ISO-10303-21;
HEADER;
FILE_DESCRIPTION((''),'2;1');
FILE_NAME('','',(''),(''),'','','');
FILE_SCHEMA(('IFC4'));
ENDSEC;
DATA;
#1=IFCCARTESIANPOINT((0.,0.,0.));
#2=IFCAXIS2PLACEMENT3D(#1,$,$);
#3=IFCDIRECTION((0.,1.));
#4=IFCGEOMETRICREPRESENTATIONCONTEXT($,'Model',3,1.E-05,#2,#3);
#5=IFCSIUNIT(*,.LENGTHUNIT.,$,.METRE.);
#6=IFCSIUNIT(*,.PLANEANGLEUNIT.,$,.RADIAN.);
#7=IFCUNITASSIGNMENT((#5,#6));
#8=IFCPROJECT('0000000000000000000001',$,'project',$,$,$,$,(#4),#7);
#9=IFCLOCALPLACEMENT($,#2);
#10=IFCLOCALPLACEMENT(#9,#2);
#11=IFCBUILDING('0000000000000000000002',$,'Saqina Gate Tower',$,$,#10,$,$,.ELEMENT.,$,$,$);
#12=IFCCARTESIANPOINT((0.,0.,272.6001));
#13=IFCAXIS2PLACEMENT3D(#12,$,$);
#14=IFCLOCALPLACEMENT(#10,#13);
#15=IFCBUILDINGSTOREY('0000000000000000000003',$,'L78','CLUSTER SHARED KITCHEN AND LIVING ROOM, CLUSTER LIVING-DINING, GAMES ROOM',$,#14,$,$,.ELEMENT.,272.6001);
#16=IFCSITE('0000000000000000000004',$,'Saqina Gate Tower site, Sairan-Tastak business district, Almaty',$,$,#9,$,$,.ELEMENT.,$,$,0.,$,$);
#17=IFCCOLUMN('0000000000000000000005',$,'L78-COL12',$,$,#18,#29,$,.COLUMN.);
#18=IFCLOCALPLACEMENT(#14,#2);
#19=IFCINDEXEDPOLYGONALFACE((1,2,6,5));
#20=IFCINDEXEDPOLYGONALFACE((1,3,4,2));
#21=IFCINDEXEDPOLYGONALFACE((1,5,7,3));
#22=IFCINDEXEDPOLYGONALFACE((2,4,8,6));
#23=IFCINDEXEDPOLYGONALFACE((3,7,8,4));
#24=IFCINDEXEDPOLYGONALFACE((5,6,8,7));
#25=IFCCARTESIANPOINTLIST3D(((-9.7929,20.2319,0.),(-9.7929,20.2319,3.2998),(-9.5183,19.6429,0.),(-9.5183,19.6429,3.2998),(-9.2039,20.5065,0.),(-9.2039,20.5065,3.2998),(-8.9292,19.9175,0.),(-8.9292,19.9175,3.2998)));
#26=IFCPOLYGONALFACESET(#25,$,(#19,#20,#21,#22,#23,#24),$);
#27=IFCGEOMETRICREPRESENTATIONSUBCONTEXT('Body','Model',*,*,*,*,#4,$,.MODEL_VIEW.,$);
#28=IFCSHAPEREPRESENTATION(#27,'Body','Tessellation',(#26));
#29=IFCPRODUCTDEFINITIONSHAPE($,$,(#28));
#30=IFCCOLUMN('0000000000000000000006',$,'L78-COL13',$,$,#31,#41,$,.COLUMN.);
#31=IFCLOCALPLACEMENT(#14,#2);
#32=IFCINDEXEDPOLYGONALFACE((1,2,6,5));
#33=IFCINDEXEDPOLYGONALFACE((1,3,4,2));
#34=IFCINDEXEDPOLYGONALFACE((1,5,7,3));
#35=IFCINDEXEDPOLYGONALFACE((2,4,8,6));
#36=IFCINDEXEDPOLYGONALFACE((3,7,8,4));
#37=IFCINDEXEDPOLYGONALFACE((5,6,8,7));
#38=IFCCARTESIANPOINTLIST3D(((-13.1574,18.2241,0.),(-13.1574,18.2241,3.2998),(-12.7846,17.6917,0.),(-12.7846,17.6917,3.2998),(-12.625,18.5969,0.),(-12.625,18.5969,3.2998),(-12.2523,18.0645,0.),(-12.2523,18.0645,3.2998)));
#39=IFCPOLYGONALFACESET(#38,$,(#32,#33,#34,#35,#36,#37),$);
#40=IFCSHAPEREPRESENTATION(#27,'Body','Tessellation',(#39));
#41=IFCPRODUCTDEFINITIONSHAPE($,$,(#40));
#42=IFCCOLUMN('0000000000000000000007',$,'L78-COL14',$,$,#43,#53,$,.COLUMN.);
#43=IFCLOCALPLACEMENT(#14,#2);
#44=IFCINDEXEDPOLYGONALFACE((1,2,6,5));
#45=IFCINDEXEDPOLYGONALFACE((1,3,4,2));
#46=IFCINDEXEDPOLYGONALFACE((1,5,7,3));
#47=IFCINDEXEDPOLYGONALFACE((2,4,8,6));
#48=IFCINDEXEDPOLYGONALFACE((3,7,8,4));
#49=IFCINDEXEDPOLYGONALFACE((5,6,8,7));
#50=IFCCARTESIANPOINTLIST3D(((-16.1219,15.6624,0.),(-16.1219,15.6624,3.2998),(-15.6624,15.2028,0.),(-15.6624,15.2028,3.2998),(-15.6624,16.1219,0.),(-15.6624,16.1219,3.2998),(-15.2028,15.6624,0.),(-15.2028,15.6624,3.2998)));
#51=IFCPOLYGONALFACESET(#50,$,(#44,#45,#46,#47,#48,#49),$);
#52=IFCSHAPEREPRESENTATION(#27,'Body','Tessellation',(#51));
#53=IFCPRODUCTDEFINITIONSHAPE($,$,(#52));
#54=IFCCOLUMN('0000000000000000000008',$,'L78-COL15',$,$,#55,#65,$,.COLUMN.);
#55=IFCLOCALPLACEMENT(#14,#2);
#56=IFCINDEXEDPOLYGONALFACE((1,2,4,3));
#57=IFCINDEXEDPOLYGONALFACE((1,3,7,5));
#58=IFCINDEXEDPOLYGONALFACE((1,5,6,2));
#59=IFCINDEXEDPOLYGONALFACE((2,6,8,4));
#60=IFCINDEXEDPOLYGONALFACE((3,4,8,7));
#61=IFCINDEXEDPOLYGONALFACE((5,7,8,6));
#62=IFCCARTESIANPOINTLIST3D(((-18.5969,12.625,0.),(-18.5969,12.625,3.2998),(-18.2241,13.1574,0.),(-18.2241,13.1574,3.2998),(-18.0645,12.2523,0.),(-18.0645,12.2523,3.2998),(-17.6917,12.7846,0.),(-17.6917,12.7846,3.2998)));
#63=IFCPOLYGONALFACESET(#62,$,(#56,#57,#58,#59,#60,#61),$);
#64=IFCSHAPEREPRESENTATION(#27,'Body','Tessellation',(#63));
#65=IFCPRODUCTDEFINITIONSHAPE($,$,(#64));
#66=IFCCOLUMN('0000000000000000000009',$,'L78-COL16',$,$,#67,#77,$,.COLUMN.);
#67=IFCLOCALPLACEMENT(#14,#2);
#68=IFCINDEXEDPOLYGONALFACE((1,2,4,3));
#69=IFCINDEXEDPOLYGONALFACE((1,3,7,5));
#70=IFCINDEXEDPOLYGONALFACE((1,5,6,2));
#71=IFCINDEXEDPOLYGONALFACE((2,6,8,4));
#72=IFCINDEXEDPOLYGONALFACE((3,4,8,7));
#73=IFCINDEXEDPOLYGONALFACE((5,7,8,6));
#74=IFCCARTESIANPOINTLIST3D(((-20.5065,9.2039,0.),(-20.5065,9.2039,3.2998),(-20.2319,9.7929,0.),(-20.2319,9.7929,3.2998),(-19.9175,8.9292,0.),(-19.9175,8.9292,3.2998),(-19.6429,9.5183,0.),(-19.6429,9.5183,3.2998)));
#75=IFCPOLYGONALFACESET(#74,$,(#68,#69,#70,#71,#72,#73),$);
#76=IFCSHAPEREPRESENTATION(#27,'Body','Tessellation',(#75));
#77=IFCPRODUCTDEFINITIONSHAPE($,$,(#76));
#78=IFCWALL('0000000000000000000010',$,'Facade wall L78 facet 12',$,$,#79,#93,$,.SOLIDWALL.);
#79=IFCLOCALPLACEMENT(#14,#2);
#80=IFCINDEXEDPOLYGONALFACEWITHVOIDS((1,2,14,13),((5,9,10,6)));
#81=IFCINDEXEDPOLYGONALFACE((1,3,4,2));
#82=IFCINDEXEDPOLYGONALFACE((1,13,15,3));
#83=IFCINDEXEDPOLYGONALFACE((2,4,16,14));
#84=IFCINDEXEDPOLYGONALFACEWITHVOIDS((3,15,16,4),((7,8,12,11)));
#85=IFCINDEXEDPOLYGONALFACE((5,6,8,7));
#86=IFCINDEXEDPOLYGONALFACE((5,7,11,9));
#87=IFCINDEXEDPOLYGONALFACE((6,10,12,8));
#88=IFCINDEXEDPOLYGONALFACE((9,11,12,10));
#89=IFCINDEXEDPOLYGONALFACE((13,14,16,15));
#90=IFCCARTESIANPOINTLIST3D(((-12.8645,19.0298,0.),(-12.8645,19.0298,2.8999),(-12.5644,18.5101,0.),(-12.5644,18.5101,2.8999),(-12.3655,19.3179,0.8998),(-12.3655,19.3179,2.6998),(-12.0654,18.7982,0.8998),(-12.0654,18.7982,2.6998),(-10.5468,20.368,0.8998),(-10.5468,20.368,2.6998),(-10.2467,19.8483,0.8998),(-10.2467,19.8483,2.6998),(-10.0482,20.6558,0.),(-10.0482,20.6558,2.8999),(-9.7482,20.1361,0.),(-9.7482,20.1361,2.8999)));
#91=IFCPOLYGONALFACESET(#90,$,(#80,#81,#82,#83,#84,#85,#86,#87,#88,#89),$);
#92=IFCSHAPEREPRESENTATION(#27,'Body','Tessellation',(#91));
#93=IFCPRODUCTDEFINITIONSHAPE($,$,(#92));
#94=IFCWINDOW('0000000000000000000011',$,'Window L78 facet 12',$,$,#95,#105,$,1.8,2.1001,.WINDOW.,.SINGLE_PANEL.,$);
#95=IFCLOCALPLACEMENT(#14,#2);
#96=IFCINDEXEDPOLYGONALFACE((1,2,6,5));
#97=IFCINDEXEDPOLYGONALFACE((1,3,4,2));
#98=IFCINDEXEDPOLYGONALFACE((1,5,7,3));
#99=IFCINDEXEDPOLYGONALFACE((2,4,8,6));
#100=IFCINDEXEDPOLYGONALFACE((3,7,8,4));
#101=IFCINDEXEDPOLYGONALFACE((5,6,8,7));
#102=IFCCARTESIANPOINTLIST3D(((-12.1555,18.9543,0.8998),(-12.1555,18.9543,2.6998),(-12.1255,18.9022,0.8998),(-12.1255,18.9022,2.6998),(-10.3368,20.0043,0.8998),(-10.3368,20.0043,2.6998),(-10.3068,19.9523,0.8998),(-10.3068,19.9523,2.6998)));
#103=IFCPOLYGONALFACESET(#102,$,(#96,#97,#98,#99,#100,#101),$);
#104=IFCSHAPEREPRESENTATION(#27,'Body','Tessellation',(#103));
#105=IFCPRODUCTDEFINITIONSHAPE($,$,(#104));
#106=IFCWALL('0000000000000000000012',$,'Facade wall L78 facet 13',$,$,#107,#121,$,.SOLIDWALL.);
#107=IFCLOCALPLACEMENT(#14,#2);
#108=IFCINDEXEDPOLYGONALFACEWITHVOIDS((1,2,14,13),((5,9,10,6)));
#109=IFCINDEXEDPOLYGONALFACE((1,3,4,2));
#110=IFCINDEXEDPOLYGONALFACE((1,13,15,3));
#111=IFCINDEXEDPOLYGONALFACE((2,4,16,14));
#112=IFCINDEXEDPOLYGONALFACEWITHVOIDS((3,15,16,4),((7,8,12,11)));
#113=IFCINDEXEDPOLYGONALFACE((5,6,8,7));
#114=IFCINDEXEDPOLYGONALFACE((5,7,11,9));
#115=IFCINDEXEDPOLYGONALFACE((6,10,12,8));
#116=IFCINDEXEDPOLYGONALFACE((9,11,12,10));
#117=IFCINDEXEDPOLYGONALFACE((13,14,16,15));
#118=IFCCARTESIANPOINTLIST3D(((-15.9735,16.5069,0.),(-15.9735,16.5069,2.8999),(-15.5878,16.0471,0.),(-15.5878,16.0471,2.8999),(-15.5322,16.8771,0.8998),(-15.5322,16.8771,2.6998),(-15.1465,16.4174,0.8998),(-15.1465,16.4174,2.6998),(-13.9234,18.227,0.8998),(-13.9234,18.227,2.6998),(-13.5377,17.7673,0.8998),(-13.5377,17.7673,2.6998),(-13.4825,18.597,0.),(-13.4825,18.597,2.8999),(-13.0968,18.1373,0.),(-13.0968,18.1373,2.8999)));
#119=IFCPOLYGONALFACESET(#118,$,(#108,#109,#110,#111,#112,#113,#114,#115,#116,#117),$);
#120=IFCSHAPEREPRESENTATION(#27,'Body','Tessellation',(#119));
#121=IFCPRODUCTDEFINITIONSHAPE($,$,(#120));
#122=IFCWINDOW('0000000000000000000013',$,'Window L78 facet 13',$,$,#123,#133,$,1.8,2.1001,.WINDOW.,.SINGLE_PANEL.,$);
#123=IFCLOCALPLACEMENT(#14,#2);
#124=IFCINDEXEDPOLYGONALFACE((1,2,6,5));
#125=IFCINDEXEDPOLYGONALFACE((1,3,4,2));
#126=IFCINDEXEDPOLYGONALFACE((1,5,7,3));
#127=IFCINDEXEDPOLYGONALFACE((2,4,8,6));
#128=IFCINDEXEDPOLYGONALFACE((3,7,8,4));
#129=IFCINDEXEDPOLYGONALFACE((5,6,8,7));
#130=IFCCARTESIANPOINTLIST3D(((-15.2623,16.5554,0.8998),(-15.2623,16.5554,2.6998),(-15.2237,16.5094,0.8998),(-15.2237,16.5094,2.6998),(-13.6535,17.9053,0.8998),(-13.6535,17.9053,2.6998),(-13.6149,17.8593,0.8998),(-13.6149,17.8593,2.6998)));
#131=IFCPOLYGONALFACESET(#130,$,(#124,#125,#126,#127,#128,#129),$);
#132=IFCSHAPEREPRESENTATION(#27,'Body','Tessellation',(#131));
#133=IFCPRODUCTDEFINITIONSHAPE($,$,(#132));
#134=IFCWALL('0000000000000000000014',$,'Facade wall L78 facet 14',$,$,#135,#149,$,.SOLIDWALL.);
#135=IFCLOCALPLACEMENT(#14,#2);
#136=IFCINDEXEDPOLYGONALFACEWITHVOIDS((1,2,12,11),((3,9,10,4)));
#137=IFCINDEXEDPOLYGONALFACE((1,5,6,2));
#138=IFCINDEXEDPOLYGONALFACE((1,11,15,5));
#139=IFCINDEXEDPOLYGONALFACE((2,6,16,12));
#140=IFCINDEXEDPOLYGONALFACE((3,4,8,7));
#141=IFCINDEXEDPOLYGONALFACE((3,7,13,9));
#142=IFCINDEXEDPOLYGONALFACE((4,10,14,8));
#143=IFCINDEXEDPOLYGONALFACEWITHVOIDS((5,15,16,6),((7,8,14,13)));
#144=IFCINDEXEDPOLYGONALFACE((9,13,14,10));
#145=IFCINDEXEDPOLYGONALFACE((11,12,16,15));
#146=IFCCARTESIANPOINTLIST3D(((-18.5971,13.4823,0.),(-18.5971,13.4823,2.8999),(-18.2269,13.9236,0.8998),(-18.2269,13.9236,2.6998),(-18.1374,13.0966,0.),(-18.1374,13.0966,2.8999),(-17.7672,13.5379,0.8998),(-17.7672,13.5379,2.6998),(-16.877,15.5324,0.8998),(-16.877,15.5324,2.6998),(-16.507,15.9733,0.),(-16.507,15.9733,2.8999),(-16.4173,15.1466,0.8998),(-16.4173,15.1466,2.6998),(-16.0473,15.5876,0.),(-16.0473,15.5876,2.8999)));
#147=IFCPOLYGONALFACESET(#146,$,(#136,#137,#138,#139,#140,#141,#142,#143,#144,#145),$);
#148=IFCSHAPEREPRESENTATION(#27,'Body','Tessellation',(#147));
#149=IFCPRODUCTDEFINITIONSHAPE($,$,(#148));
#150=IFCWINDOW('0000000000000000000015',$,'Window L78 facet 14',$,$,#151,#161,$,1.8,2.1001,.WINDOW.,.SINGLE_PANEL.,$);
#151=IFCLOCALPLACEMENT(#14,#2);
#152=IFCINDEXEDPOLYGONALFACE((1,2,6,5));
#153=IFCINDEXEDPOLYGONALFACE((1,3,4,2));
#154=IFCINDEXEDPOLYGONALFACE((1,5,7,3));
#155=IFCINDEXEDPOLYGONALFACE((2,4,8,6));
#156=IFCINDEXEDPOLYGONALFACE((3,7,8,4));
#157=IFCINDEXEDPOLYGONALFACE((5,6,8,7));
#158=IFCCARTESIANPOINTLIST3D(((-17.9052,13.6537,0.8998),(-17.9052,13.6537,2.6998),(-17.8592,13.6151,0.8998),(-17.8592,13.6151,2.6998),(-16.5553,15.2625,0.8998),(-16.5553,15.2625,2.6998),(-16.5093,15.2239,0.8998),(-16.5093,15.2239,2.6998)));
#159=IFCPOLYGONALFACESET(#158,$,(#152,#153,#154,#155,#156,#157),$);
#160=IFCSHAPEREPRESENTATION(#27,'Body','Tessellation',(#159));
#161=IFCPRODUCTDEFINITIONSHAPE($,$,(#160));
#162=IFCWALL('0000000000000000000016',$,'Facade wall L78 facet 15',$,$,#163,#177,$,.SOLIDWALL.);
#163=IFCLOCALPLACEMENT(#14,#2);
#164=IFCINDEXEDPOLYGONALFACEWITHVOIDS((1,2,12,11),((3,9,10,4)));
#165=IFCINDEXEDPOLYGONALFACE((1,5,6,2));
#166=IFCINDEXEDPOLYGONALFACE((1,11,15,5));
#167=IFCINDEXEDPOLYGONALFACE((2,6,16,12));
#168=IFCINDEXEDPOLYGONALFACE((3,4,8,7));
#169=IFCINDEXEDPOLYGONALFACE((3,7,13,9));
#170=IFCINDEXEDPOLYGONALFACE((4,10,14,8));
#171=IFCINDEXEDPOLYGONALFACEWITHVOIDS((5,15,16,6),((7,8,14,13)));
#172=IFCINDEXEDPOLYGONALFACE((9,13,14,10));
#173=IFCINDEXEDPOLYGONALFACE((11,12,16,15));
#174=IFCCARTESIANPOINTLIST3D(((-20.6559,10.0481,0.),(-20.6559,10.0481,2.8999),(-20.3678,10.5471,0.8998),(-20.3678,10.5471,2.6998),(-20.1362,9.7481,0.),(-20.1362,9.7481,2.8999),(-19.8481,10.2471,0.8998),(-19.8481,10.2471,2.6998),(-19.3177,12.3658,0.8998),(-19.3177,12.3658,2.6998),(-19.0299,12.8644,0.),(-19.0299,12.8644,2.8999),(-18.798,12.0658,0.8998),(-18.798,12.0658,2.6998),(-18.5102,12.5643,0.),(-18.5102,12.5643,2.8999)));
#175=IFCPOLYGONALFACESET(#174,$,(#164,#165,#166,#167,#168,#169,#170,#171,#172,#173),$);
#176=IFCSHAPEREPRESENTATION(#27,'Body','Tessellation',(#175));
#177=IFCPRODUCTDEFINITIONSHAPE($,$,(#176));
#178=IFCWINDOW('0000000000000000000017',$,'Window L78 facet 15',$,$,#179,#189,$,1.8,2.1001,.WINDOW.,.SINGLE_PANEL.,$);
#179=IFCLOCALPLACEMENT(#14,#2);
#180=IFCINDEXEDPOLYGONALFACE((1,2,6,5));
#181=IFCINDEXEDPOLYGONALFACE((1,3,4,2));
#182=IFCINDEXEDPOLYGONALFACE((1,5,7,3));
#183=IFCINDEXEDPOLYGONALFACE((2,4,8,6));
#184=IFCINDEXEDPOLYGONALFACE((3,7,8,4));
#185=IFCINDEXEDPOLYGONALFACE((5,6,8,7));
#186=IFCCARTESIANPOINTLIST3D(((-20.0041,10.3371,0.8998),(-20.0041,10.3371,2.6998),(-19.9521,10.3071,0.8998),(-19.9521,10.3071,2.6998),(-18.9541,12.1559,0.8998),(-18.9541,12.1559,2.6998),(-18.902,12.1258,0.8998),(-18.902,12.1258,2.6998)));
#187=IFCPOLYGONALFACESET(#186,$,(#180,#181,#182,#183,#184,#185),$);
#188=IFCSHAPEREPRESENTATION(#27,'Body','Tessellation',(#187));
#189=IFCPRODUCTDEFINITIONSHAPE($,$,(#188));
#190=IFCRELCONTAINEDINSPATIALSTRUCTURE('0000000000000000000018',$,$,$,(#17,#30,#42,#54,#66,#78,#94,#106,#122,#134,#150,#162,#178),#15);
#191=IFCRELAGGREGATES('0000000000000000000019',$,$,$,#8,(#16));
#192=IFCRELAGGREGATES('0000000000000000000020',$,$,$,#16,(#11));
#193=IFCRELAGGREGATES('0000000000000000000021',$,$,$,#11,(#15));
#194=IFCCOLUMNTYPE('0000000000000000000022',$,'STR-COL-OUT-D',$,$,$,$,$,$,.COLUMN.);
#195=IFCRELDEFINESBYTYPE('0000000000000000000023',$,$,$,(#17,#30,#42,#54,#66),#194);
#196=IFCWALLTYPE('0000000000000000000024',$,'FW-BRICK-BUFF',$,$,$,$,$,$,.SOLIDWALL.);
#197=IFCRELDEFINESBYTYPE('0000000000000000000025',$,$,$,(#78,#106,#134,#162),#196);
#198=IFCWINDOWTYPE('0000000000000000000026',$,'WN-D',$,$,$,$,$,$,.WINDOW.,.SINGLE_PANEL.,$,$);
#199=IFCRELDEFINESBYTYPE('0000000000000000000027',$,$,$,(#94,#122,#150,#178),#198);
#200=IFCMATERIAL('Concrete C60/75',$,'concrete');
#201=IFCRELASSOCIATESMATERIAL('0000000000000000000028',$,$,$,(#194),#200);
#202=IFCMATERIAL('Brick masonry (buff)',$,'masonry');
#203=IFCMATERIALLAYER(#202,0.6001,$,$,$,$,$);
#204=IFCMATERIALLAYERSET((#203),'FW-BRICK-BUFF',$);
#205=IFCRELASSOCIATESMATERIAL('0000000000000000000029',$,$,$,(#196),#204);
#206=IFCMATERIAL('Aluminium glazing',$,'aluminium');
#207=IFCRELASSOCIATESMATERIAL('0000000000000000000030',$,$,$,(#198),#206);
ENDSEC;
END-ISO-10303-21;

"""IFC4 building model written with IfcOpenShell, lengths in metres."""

from ifc_helpers import new_model, si_unit, direction, frame, frame_2d, origin, origin_2d, place, context, subcontext, project, spatial, rectangle, extrude, material, layer, layer_set, material_profile, profile_set, type_object, element, fill, save


model = new_model("IFC4")

# Units and contexts
model_context = context("Model", 3, precision=1e-05, world=origin(), true_north=direction((0.0, 1.0)))
body_context = subcontext(model_context, "Body", "Model", "MODEL_VIEW")
ifc_project = project(units=[si_unit("LENGTHUNIT", "METRE"), si_unit("PLANEANGLEUNIT", "RADIAN")], contexts=[model_context])

# Site, building, storey
site_placement = place(None, origin())
site = spatial("IfcSite", under=ifc_project, at=site_placement, Name="Saqina Gate Tower site, Sairan-Tastak business district, Almaty", CompositionType="ELEMENT", RefElevation=0.0)
building_placement = place(site_placement, origin())
building = spatial("IfcBuilding", under=site, at=building_placement, Name="Saqina Gate Tower", CompositionType="ELEMENT")
storey_placement = place(building_placement, frame((0.0, 0.0, 272.6001)))
storey = spatial("IfcBuildingStorey", under=building, at=storey_placement, Name="L78", Description="CLUSTER SHARED KITCHEN AND LIVING ROOM, CLUSTER LIVING-DINING, GAMES ROOM", CompositionType="ELEMENT", Elevation=272.6001)

# Columns
ifc_material_1 = material(Name="Concrete C60/75", Category="concrete")
ifc_material_profile = material_profile(ifc_material_1, rectangle(XDim=0.6499, YDim=0.6499, at=origin_2d()), Name="RC 650x650")
ifc_profile_set = profile_set([ifc_material_profile], Name="Concrete C60/75")
column_type = type_object("IfcColumnType", Name="STR-COL-OUT-D", PredefinedType="COLUMN", material=ifc_profile_set)
for number, where, z_axis, x_axis, name in (
    (1, (-9.3611, 20.0747, 0.0), (0.0, 0.0, 1.0), (-0.422618, 0.906308, 0.0), "L78-COL12"),
    (2, (-12.7048, 18.1443, 0.0), (0.0, 0.0, 1.0), (-0.573576, 0.819152, 0.0), "L78-COL13"),
    (3, (-15.6624, 15.6624, 0.0), (0.0, 0.0, 1.0), (-0.707107, 0.707107, 0.0), "L78-COL14"),
    (4, (-18.1443, 12.7048, 0.0), (0.0, 0.0, 1.0), (-0.819152, 0.573576, 0.0), "L78-COL15"),
    (5, (-20.0747, 9.3611, 0.0), (0.0, 0.0, 1.0), (-0.906308, 0.422618, 0.0), "L78-COL16"),
):
    element("IfcColumn", number, at=place(storey_placement, frame(where, z_axis=z_axis, x_axis=x_axis)), inside=storey, type_object=column_type, Name=name, PredefinedType="COLUMN", context=body_context, shape_type="SweptSolid", body=[
        extrude(rectangle(XDim=0.6499, YDim=0.6499, at=origin_2d()), origin(), (0.0, 0.0, 1.0), 3.2998),
    ])

# Walls, openings, windows
ifc_material_2 = material(Name="Brick masonry (buff)", Category="masonry")
ifc_layer_1 = layer(ifc_material_2, 0.6001)
ifc_layer_set_1 = layer_set([ifc_layer_1], Name="FW-BRICK-BUFF")
wall_type_1 = type_object("IfcWallType", Name="FW-BRICK-BUFF", PredefinedType="SOLIDWALL", material=ifc_layer_set_1)
wall_1_placement = place(storey_placement, frame((-9.8982, 20.396, 0.0), z_axis=(0.0, 0.0, 1.0), x_axis=(-0.866017, -0.500015, 0.0)))
wall_1 = element("IfcWall", 6, at=wall_1_placement, inside=storey, type_object=wall_type_1, Name="Facade wall L78 facet 12", PredefinedType="SOLIDWALL", context=body_context, shape_type="SweptSolid", body=[
    extrude(rectangle(XDim=3.252, YDim=0.6001, at=frame_2d((1.626, 0.0))), origin(), (0.0, 0.0, 1.0), 2.8999),
])
opening_1_placement = place(wall_1_placement, frame((0.5757, 0.0, 0.8999)))
opening_1 = element("IfcOpeningElement", 7, at=opening_1_placement, cuts=wall_1, PredefinedType="OPENING", context=body_context, shape_type="SweptSolid", body=[
    extrude(rectangle(XDim=2.1001, YDim=1.8, at=frame_2d((1.05, 0.8999))), frame((0.0, 0.312, 0.0), z_axis=(0.0, -1.0, 0.0), x_axis=(1.0, 0.0, 0.0)), (0.0, 0.0, 1.0), 0.624),
])
ifc_material_3 = material(Name="Aluminium glazing", Category="aluminium")
window_type = type_object("IfcWindowType", Name="WN-D", PartitioningType="SINGLE_PANEL", PredefinedType="WINDOW", material=ifc_material_3)
window_1_placement = place(opening_1_placement, origin())
window_1 = element("IfcWindow", 8, at=window_1_placement, inside=storey, type_object=window_type, Name="Window L78 facet 12", OverallHeight=1.8, OverallWidth=2.1001, PartitioningType="SINGLE_PANEL", PredefinedType="WINDOW", context=body_context, shape_type="SweptSolid", body=[
    extrude(rectangle(XDim=2.1001, YDim=1.8, at=frame_2d((1.05, 0.8999))), frame((0.0, 0.1799, 0.0), z_axis=(0.0, -1.0, 0.0), x_axis=(1.0, 0.0, 0.0)), (0.0, 0.0, 1.0), 0.0601),
])
fill(opening_1, window_1)
wall_2_placement = place(storey_placement, frame((-13.2896, 18.3672, 0.0), z_axis=(0.0, 0.0, 1.0), x_axis=(-0.766057, -0.642773, 0.0)))
wall_2 = element("IfcWall", 9, at=wall_2_placement, inside=storey, type_object=wall_type_1, Name="Facade wall L78 facet 13", PredefinedType="SOLIDWALL", context=body_context, shape_type="SweptSolid", body=[
    extrude(rectangle(XDim=3.2517, YDim=0.6001, at=frame_2d((1.626, 0.0))), origin(), (0.0, 0.0, 1.0), 2.8999),
])
opening_2_placement = place(wall_2_placement, frame((0.5757, 0.0, 0.8999)))
opening_2 = element("IfcOpeningElement", 10, at=opening_2_placement, cuts=wall_2, PredefinedType="OPENING", context=body_context, shape_type="SweptSolid", body=[
    extrude(rectangle(XDim=2.1001, YDim=1.8, at=frame_2d((1.05, 0.8999))), frame((0.0, 0.312, 0.0), z_axis=(0.0, -1.0, 0.0), x_axis=(1.0, 0.0, 0.0)), (0.0, 0.0, 1.0), 0.624),
])
window_2_placement = place(opening_2_placement, origin())
window_2 = element("IfcWindow", 11, at=window_2_placement, inside=storey, type_object=window_type, Name="Window L78 facet 13", OverallHeight=1.8, OverallWidth=2.1001, PartitioningType="SINGLE_PANEL", PredefinedType="WINDOW", context=body_context, shape_type="SweptSolid", body=[
    extrude(rectangle(XDim=2.1001, YDim=1.8, at=frame_2d((1.05, 0.8999))), frame((0.0, 0.1799, 0.0), z_axis=(0.0, -1.0, 0.0), x_axis=(1.0, 0.0, 0.0)), (0.0, 0.0, 1.0), 0.0601),
])
fill(opening_2, window_2)
wall_3_placement = place(storey_placement, frame((-16.2771, 15.7805, 0.0), z_axis=(0.0, 0.0, 1.0), x_axis=(-0.642773, -0.766057, 0.0)))
wall_3 = element("IfcWall", 12, at=wall_3_placement, inside=storey, type_object=wall_type_1, Name="Facade wall L78 facet 14", PredefinedType="SOLIDWALL", context=body_context, shape_type="SweptSolid", body=[
    extrude(rectangle(XDim=3.2517, YDim=0.6001, at=frame_2d((1.626, 0.0))), origin(), (0.0, 0.0, 1.0), 2.8999),
])
opening_3_placement = place(wall_3_placement, frame((0.5757, 0.0, 0.8999)))
opening_3 = element("IfcOpeningElement", 13, at=opening_3_placement, cuts=wall_3, PredefinedType="OPENING", context=body_context, shape_type="SweptSolid", body=[
    extrude(rectangle(XDim=2.1001, YDim=1.8, at=frame_2d((1.05, 0.8999))), frame((0.0, 0.312, 0.0), z_axis=(0.0, -1.0, 0.0), x_axis=(1.0, 0.0, 0.0)), (0.0, 0.0, 1.0), 0.624),
])
window_3_placement = place(opening_3_placement, origin())
window_3 = element("IfcWindow", 14, at=window_3_placement, inside=storey, type_object=window_type, Name="Window L78 facet 14", OverallHeight=1.8, OverallWidth=2.1001, PartitioningType="SINGLE_PANEL", PredefinedType="WINDOW", context=body_context, shape_type="SweptSolid", body=[
    extrude(rectangle(XDim=2.1001, YDim=1.8, at=frame_2d((1.05, 0.8999))), frame((0.0, 0.1799, 0.0), z_axis=(0.0, -1.0, 0.0), x_axis=(1.0, 0.0, 0.0)), (0.0, 0.0, 1.0), 0.0601),
])
fill(opening_3, window_3)
wall_4_placement = place(storey_placement, frame((-18.77, 12.7144, 0.0), z_axis=(0.0, 0.0, 1.0), x_axis=(-0.500015, -0.866017, 0.0)))
wall_4 = element("IfcWall", 15, at=wall_4_placement, inside=storey, type_object=wall_type_1, Name="Facade wall L78 facet 15", PredefinedType="SOLIDWALL", context=body_context, shape_type="SweptSolid", body=[
    extrude(rectangle(XDim=3.252, YDim=0.6001, at=frame_2d((1.626, 0.0))), origin(), (0.0, 0.0, 1.0), 2.8999),
])
opening_4_placement = place(wall_4_placement, frame((0.5757, 0.0, 0.8999)))
opening_4 = element("IfcOpeningElement", 16, at=opening_4_placement, cuts=wall_4, PredefinedType="OPENING", context=body_context, shape_type="SweptSolid", body=[
    extrude(rectangle(XDim=2.1001, YDim=1.8, at=frame_2d((1.05, 0.8999))), frame((0.0, 0.312, 0.0), z_axis=(0.0, -1.0, 0.0), x_axis=(1.0, 0.0, 0.0)), (0.0, 0.0, 1.0), 0.624),
])
window_4_placement = place(opening_4_placement, origin())
window_4 = element("IfcWindow", 17, at=window_4_placement, inside=storey, type_object=window_type, Name="Window L78 facet 15", OverallHeight=1.8, OverallWidth=2.1001, PartitioningType="SINGLE_PANEL", PredefinedType="WINDOW", context=body_context, shape_type="SweptSolid", body=[
    extrude(rectangle(XDim=2.1001, YDim=1.8, at=frame_2d((1.05, 0.8999))), frame((0.0, 0.1799, 0.0), z_axis=(0.0, -1.0, 0.0), x_axis=(1.0, 0.0, 0.0)), (0.0, 0.0, 1.0), 0.0601),
])
fill(opening_4, window_4)

save(model, "model.ifc")
